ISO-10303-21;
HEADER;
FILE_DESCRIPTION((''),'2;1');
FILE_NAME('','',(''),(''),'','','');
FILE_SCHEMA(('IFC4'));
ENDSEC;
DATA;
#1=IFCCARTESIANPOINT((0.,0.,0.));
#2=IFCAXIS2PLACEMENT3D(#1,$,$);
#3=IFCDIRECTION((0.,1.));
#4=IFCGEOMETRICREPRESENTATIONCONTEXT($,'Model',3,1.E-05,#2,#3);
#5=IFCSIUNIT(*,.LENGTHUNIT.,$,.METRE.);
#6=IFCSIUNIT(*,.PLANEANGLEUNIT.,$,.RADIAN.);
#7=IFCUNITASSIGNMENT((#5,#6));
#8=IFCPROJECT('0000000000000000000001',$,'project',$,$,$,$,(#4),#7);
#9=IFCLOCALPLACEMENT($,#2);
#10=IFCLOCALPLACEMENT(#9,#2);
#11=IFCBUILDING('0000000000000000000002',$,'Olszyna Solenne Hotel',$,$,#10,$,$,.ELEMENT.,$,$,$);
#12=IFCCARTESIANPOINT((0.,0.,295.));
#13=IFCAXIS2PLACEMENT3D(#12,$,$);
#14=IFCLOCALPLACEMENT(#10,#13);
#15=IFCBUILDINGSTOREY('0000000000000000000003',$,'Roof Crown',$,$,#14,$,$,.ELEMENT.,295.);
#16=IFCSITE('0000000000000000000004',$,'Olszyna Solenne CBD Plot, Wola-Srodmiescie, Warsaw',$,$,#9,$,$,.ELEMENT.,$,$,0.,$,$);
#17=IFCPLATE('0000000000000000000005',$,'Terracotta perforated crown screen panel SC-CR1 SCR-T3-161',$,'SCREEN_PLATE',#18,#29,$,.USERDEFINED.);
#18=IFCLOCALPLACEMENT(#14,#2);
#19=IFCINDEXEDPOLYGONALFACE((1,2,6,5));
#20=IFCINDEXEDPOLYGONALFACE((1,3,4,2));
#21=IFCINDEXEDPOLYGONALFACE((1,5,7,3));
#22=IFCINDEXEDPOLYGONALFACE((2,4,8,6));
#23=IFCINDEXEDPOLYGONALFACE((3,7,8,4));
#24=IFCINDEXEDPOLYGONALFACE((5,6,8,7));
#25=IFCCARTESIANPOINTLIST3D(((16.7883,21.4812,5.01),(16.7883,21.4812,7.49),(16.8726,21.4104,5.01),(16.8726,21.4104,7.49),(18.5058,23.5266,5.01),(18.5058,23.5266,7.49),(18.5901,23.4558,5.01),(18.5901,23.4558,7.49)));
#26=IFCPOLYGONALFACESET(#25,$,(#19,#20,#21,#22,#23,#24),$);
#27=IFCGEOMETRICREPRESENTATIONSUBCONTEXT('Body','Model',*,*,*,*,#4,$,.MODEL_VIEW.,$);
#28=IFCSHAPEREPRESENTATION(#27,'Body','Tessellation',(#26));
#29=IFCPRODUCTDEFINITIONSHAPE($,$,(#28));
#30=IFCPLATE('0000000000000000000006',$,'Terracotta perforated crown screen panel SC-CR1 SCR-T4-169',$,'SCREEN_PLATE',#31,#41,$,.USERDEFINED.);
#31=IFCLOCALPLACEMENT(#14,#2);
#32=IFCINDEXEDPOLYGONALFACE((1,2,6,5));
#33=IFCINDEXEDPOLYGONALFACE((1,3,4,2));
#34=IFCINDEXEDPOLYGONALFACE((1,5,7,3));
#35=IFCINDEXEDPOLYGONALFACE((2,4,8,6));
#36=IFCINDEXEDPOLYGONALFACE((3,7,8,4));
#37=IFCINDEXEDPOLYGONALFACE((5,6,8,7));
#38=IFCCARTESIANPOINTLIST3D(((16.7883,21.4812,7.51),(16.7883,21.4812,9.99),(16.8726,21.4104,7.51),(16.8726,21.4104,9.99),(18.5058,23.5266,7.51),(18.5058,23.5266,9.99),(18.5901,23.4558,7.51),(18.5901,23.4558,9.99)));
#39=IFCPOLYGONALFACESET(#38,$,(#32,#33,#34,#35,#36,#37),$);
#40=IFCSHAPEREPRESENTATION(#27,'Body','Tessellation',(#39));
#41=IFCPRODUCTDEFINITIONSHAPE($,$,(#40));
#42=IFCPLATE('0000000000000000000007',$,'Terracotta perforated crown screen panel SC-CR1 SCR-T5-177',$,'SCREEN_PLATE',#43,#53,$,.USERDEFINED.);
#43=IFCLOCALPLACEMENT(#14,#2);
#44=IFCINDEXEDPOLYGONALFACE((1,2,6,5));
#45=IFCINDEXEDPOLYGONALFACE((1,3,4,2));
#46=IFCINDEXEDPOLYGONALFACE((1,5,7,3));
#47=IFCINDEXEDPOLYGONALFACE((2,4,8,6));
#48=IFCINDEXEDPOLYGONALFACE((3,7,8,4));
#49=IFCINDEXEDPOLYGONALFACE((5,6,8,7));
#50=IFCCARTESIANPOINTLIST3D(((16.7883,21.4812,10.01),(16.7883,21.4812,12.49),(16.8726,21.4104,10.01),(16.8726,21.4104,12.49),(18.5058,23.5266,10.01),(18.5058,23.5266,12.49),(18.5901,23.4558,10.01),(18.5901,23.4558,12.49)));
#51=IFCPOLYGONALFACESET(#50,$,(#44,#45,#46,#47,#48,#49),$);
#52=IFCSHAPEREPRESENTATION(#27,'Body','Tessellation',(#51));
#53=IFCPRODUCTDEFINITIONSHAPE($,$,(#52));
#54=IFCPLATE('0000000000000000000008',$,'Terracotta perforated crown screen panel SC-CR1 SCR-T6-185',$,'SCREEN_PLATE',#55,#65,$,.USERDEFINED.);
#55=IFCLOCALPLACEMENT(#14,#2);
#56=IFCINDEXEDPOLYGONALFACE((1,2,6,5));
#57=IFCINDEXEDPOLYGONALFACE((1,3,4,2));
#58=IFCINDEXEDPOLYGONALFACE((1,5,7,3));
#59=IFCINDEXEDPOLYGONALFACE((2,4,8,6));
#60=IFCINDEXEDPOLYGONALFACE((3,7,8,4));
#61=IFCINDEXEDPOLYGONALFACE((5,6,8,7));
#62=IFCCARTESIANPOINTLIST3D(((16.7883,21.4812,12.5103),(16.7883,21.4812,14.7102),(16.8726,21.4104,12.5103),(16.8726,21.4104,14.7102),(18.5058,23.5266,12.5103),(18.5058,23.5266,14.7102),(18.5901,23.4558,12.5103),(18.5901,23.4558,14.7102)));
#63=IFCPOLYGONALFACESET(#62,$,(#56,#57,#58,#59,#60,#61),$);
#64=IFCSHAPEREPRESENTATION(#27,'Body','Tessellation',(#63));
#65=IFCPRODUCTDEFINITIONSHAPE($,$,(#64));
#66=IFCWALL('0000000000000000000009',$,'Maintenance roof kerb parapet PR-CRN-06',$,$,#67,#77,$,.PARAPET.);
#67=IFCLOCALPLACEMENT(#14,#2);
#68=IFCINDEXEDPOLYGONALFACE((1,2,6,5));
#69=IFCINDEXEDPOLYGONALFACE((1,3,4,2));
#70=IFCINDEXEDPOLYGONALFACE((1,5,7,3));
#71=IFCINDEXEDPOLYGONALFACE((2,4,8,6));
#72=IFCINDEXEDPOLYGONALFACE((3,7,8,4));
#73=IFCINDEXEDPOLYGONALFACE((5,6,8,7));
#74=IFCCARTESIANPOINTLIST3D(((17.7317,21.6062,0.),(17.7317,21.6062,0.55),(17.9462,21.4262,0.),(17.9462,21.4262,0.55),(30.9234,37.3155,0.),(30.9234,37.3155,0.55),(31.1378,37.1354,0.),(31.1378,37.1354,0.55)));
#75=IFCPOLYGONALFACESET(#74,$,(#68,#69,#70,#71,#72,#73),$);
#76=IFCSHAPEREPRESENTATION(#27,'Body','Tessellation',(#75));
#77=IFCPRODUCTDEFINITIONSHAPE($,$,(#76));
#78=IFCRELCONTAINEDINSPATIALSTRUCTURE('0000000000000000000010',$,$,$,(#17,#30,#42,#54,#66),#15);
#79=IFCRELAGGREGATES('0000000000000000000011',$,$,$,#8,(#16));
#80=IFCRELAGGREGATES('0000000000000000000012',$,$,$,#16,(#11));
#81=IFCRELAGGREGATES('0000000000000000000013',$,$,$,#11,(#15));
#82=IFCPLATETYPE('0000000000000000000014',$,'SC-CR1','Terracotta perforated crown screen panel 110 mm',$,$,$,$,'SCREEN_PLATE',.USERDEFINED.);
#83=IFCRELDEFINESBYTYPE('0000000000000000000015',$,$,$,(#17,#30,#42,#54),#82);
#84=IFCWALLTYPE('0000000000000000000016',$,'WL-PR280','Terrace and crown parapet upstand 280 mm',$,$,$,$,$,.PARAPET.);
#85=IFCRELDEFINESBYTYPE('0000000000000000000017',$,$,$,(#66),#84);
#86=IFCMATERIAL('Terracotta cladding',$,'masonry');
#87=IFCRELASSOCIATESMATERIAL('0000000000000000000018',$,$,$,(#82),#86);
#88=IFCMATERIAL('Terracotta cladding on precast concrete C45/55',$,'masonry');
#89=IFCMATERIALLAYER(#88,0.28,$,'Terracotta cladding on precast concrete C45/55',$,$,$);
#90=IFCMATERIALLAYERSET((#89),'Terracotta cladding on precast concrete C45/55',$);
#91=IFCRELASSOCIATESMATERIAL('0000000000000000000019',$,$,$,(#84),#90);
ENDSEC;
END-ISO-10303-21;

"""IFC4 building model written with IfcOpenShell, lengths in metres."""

from ifc_helpers import new_model, si_unit, direction, frame, frame_2d, origin, origin_2d, place, context, subcontext, project, spatial, rectangle, extrude, source, transform, mapped, material, layer, layer_set, type_object, element, save


model = new_model("IFC4")

# Units and contexts
model_context = context("Model", 3, precision=1e-05, world=origin(), true_north=direction((0.0, 1.0)))
body_context = subcontext(model_context, "Body", "Model", "MODEL_VIEW")
ifc_project = project(units=[si_unit("LENGTHUNIT", "METRE"), si_unit("PLANEANGLEUNIT", "RADIAN")], contexts=[model_context])

# Site, building, storey
site_placement = place(None, origin())
site = spatial("IfcSite", under=ifc_project, at=site_placement, Name="Olszyna Solenne CBD Plot, Wola-Srodmiescie, Warsaw", CompositionType="ELEMENT", RefElevation=0.0)
building_placement = place(site_placement, origin())
building = spatial("IfcBuilding", under=site, at=building_placement, Name="Olszyna Solenne Hotel", CompositionType="ELEMENT")
storey_placement = place(building_placement, frame((0.0, 0.0, 295.0)))
storey = spatial("IfcBuildingStorey", under=building, at=storey_placement, Name="Roof Crown", CompositionType="ELEMENT", Elevation=295.0)

# Plates
ifc_material_1 = material(Name="Terracotta cladding", Category="masonry")
plate_type_1 = type_object("IfcPlateType", Name="SC-CR1", Description="Terracotta perforated crown screen panel 110 mm", ElementType="SCREEN_PLATE", PredefinedType="USERDEFINED", material=ifc_material_1)
shared_shape_1 = source(origin(), body_context, "Body", "SweptSolid", [
    extrude(rectangle(XDim=2.6709, YDim=0.1101, at=origin_2d()), origin(), (0.0, 0.0, 1.0), 2.48),
])
for number, where, z_axis, x_axis, name in (
    (1, (17.6892, 22.4685, 5.01), (0.0, 0.0, 1.0), (0.643055, 0.76582, 0.0), "Terracotta perforated crown screen panel SC-CR1 SCR-T3-161"),
    (2, (17.6892, 22.4685, 7.51), (0.0, 0.0, 1.0), (0.643055, 0.76582, 0.0), "Terracotta perforated crown screen panel SC-CR1 SCR-T4-169"),
    (3, (17.6892, 22.4685, 10.01), (0.0, 0.0, 1.0), (0.643055, 0.76582, 0.0), "Terracotta perforated crown screen panel SC-CR1 SCR-T5-177"),
):
    element("IfcPlate", number, at=place(storey_placement, frame(where, z_axis=z_axis, x_axis=x_axis)), inside=storey, type_object=plate_type_1, Name=name, ObjectType="SCREEN_PLATE", PredefinedType="USERDEFINED", context=body_context, shape_type="MappedRepresentation", body=[
        mapped(shared_shape_1, transform((0.0, 0.0, 0.0), x_axis=(1.0, 0.0, 0.0), y_axis=(0.0, 1.0, 0.0), z_axis=(0.0, 0.0, 1.0), scale=1.0)),
    ])
shared_shape_2 = source(origin(), body_context, "Body", "SweptSolid", [
    extrude(rectangle(XDim=2.6709, YDim=0.1101, at=origin_2d()), origin(), (0.0, 0.0, 1.0), 2.2),
])
plate_1_placement = place(storey_placement, frame((17.6892, 22.4685, 12.5103), z_axis=(0.0, 0.0, 1.0), x_axis=(0.643055, 0.76582, 0.0)))
element("IfcPlate", 4, at=plate_1_placement, inside=storey, type_object=plate_type_1, Name="Terracotta perforated crown screen panel SC-CR1 SCR-T6-185", ObjectType="SCREEN_PLATE", PredefinedType="USERDEFINED", context=body_context, shape_type="MappedRepresentation", body=[
    mapped(shared_shape_2, transform((0.0, 0.0, 0.0), x_axis=(1.0, 0.0, 0.0), y_axis=(0.0, 1.0, 0.0), z_axis=(0.0, 0.0, 1.0), scale=1.0)),
])

# Wall
ifc_material_2 = material(Name="Terracotta cladding on precast concrete C45/55", Category="masonry")
ifc_layer = layer(ifc_material_2, 0.28, Name="Terracotta cladding on precast concrete C45/55")
ifc_layer_set = layer_set([ifc_layer], Name="Terracotta cladding on precast concrete C45/55")
wall_type = type_object("IfcWallType", Name="WL-PR280", Description="Terrace and crown parapet upstand 280 mm", PredefinedType="PARAPET", material=ifc_layer_set)
wall_placement = place(storey_placement, frame((17.8389, 21.5161, 0.0), z_axis=(0.0, 0.0, 1.0), x_axis=(0.643075, 0.765803, 0.0)))
element("IfcWall", 5, at=wall_placement, inside=storey, type_object=wall_type, Name="Maintenance roof kerb parapet PR-CRN-06", PredefinedType="PARAPET", context=body_context, shape_type="SweptSolid", body=[
    extrude(rectangle(XDim=20.5134, YDim=0.28, at=frame_2d((10.2568, 0.0))), origin(), (0.0, 0.0, 1.0), 0.55),
])

save(model, "model.ifc")
